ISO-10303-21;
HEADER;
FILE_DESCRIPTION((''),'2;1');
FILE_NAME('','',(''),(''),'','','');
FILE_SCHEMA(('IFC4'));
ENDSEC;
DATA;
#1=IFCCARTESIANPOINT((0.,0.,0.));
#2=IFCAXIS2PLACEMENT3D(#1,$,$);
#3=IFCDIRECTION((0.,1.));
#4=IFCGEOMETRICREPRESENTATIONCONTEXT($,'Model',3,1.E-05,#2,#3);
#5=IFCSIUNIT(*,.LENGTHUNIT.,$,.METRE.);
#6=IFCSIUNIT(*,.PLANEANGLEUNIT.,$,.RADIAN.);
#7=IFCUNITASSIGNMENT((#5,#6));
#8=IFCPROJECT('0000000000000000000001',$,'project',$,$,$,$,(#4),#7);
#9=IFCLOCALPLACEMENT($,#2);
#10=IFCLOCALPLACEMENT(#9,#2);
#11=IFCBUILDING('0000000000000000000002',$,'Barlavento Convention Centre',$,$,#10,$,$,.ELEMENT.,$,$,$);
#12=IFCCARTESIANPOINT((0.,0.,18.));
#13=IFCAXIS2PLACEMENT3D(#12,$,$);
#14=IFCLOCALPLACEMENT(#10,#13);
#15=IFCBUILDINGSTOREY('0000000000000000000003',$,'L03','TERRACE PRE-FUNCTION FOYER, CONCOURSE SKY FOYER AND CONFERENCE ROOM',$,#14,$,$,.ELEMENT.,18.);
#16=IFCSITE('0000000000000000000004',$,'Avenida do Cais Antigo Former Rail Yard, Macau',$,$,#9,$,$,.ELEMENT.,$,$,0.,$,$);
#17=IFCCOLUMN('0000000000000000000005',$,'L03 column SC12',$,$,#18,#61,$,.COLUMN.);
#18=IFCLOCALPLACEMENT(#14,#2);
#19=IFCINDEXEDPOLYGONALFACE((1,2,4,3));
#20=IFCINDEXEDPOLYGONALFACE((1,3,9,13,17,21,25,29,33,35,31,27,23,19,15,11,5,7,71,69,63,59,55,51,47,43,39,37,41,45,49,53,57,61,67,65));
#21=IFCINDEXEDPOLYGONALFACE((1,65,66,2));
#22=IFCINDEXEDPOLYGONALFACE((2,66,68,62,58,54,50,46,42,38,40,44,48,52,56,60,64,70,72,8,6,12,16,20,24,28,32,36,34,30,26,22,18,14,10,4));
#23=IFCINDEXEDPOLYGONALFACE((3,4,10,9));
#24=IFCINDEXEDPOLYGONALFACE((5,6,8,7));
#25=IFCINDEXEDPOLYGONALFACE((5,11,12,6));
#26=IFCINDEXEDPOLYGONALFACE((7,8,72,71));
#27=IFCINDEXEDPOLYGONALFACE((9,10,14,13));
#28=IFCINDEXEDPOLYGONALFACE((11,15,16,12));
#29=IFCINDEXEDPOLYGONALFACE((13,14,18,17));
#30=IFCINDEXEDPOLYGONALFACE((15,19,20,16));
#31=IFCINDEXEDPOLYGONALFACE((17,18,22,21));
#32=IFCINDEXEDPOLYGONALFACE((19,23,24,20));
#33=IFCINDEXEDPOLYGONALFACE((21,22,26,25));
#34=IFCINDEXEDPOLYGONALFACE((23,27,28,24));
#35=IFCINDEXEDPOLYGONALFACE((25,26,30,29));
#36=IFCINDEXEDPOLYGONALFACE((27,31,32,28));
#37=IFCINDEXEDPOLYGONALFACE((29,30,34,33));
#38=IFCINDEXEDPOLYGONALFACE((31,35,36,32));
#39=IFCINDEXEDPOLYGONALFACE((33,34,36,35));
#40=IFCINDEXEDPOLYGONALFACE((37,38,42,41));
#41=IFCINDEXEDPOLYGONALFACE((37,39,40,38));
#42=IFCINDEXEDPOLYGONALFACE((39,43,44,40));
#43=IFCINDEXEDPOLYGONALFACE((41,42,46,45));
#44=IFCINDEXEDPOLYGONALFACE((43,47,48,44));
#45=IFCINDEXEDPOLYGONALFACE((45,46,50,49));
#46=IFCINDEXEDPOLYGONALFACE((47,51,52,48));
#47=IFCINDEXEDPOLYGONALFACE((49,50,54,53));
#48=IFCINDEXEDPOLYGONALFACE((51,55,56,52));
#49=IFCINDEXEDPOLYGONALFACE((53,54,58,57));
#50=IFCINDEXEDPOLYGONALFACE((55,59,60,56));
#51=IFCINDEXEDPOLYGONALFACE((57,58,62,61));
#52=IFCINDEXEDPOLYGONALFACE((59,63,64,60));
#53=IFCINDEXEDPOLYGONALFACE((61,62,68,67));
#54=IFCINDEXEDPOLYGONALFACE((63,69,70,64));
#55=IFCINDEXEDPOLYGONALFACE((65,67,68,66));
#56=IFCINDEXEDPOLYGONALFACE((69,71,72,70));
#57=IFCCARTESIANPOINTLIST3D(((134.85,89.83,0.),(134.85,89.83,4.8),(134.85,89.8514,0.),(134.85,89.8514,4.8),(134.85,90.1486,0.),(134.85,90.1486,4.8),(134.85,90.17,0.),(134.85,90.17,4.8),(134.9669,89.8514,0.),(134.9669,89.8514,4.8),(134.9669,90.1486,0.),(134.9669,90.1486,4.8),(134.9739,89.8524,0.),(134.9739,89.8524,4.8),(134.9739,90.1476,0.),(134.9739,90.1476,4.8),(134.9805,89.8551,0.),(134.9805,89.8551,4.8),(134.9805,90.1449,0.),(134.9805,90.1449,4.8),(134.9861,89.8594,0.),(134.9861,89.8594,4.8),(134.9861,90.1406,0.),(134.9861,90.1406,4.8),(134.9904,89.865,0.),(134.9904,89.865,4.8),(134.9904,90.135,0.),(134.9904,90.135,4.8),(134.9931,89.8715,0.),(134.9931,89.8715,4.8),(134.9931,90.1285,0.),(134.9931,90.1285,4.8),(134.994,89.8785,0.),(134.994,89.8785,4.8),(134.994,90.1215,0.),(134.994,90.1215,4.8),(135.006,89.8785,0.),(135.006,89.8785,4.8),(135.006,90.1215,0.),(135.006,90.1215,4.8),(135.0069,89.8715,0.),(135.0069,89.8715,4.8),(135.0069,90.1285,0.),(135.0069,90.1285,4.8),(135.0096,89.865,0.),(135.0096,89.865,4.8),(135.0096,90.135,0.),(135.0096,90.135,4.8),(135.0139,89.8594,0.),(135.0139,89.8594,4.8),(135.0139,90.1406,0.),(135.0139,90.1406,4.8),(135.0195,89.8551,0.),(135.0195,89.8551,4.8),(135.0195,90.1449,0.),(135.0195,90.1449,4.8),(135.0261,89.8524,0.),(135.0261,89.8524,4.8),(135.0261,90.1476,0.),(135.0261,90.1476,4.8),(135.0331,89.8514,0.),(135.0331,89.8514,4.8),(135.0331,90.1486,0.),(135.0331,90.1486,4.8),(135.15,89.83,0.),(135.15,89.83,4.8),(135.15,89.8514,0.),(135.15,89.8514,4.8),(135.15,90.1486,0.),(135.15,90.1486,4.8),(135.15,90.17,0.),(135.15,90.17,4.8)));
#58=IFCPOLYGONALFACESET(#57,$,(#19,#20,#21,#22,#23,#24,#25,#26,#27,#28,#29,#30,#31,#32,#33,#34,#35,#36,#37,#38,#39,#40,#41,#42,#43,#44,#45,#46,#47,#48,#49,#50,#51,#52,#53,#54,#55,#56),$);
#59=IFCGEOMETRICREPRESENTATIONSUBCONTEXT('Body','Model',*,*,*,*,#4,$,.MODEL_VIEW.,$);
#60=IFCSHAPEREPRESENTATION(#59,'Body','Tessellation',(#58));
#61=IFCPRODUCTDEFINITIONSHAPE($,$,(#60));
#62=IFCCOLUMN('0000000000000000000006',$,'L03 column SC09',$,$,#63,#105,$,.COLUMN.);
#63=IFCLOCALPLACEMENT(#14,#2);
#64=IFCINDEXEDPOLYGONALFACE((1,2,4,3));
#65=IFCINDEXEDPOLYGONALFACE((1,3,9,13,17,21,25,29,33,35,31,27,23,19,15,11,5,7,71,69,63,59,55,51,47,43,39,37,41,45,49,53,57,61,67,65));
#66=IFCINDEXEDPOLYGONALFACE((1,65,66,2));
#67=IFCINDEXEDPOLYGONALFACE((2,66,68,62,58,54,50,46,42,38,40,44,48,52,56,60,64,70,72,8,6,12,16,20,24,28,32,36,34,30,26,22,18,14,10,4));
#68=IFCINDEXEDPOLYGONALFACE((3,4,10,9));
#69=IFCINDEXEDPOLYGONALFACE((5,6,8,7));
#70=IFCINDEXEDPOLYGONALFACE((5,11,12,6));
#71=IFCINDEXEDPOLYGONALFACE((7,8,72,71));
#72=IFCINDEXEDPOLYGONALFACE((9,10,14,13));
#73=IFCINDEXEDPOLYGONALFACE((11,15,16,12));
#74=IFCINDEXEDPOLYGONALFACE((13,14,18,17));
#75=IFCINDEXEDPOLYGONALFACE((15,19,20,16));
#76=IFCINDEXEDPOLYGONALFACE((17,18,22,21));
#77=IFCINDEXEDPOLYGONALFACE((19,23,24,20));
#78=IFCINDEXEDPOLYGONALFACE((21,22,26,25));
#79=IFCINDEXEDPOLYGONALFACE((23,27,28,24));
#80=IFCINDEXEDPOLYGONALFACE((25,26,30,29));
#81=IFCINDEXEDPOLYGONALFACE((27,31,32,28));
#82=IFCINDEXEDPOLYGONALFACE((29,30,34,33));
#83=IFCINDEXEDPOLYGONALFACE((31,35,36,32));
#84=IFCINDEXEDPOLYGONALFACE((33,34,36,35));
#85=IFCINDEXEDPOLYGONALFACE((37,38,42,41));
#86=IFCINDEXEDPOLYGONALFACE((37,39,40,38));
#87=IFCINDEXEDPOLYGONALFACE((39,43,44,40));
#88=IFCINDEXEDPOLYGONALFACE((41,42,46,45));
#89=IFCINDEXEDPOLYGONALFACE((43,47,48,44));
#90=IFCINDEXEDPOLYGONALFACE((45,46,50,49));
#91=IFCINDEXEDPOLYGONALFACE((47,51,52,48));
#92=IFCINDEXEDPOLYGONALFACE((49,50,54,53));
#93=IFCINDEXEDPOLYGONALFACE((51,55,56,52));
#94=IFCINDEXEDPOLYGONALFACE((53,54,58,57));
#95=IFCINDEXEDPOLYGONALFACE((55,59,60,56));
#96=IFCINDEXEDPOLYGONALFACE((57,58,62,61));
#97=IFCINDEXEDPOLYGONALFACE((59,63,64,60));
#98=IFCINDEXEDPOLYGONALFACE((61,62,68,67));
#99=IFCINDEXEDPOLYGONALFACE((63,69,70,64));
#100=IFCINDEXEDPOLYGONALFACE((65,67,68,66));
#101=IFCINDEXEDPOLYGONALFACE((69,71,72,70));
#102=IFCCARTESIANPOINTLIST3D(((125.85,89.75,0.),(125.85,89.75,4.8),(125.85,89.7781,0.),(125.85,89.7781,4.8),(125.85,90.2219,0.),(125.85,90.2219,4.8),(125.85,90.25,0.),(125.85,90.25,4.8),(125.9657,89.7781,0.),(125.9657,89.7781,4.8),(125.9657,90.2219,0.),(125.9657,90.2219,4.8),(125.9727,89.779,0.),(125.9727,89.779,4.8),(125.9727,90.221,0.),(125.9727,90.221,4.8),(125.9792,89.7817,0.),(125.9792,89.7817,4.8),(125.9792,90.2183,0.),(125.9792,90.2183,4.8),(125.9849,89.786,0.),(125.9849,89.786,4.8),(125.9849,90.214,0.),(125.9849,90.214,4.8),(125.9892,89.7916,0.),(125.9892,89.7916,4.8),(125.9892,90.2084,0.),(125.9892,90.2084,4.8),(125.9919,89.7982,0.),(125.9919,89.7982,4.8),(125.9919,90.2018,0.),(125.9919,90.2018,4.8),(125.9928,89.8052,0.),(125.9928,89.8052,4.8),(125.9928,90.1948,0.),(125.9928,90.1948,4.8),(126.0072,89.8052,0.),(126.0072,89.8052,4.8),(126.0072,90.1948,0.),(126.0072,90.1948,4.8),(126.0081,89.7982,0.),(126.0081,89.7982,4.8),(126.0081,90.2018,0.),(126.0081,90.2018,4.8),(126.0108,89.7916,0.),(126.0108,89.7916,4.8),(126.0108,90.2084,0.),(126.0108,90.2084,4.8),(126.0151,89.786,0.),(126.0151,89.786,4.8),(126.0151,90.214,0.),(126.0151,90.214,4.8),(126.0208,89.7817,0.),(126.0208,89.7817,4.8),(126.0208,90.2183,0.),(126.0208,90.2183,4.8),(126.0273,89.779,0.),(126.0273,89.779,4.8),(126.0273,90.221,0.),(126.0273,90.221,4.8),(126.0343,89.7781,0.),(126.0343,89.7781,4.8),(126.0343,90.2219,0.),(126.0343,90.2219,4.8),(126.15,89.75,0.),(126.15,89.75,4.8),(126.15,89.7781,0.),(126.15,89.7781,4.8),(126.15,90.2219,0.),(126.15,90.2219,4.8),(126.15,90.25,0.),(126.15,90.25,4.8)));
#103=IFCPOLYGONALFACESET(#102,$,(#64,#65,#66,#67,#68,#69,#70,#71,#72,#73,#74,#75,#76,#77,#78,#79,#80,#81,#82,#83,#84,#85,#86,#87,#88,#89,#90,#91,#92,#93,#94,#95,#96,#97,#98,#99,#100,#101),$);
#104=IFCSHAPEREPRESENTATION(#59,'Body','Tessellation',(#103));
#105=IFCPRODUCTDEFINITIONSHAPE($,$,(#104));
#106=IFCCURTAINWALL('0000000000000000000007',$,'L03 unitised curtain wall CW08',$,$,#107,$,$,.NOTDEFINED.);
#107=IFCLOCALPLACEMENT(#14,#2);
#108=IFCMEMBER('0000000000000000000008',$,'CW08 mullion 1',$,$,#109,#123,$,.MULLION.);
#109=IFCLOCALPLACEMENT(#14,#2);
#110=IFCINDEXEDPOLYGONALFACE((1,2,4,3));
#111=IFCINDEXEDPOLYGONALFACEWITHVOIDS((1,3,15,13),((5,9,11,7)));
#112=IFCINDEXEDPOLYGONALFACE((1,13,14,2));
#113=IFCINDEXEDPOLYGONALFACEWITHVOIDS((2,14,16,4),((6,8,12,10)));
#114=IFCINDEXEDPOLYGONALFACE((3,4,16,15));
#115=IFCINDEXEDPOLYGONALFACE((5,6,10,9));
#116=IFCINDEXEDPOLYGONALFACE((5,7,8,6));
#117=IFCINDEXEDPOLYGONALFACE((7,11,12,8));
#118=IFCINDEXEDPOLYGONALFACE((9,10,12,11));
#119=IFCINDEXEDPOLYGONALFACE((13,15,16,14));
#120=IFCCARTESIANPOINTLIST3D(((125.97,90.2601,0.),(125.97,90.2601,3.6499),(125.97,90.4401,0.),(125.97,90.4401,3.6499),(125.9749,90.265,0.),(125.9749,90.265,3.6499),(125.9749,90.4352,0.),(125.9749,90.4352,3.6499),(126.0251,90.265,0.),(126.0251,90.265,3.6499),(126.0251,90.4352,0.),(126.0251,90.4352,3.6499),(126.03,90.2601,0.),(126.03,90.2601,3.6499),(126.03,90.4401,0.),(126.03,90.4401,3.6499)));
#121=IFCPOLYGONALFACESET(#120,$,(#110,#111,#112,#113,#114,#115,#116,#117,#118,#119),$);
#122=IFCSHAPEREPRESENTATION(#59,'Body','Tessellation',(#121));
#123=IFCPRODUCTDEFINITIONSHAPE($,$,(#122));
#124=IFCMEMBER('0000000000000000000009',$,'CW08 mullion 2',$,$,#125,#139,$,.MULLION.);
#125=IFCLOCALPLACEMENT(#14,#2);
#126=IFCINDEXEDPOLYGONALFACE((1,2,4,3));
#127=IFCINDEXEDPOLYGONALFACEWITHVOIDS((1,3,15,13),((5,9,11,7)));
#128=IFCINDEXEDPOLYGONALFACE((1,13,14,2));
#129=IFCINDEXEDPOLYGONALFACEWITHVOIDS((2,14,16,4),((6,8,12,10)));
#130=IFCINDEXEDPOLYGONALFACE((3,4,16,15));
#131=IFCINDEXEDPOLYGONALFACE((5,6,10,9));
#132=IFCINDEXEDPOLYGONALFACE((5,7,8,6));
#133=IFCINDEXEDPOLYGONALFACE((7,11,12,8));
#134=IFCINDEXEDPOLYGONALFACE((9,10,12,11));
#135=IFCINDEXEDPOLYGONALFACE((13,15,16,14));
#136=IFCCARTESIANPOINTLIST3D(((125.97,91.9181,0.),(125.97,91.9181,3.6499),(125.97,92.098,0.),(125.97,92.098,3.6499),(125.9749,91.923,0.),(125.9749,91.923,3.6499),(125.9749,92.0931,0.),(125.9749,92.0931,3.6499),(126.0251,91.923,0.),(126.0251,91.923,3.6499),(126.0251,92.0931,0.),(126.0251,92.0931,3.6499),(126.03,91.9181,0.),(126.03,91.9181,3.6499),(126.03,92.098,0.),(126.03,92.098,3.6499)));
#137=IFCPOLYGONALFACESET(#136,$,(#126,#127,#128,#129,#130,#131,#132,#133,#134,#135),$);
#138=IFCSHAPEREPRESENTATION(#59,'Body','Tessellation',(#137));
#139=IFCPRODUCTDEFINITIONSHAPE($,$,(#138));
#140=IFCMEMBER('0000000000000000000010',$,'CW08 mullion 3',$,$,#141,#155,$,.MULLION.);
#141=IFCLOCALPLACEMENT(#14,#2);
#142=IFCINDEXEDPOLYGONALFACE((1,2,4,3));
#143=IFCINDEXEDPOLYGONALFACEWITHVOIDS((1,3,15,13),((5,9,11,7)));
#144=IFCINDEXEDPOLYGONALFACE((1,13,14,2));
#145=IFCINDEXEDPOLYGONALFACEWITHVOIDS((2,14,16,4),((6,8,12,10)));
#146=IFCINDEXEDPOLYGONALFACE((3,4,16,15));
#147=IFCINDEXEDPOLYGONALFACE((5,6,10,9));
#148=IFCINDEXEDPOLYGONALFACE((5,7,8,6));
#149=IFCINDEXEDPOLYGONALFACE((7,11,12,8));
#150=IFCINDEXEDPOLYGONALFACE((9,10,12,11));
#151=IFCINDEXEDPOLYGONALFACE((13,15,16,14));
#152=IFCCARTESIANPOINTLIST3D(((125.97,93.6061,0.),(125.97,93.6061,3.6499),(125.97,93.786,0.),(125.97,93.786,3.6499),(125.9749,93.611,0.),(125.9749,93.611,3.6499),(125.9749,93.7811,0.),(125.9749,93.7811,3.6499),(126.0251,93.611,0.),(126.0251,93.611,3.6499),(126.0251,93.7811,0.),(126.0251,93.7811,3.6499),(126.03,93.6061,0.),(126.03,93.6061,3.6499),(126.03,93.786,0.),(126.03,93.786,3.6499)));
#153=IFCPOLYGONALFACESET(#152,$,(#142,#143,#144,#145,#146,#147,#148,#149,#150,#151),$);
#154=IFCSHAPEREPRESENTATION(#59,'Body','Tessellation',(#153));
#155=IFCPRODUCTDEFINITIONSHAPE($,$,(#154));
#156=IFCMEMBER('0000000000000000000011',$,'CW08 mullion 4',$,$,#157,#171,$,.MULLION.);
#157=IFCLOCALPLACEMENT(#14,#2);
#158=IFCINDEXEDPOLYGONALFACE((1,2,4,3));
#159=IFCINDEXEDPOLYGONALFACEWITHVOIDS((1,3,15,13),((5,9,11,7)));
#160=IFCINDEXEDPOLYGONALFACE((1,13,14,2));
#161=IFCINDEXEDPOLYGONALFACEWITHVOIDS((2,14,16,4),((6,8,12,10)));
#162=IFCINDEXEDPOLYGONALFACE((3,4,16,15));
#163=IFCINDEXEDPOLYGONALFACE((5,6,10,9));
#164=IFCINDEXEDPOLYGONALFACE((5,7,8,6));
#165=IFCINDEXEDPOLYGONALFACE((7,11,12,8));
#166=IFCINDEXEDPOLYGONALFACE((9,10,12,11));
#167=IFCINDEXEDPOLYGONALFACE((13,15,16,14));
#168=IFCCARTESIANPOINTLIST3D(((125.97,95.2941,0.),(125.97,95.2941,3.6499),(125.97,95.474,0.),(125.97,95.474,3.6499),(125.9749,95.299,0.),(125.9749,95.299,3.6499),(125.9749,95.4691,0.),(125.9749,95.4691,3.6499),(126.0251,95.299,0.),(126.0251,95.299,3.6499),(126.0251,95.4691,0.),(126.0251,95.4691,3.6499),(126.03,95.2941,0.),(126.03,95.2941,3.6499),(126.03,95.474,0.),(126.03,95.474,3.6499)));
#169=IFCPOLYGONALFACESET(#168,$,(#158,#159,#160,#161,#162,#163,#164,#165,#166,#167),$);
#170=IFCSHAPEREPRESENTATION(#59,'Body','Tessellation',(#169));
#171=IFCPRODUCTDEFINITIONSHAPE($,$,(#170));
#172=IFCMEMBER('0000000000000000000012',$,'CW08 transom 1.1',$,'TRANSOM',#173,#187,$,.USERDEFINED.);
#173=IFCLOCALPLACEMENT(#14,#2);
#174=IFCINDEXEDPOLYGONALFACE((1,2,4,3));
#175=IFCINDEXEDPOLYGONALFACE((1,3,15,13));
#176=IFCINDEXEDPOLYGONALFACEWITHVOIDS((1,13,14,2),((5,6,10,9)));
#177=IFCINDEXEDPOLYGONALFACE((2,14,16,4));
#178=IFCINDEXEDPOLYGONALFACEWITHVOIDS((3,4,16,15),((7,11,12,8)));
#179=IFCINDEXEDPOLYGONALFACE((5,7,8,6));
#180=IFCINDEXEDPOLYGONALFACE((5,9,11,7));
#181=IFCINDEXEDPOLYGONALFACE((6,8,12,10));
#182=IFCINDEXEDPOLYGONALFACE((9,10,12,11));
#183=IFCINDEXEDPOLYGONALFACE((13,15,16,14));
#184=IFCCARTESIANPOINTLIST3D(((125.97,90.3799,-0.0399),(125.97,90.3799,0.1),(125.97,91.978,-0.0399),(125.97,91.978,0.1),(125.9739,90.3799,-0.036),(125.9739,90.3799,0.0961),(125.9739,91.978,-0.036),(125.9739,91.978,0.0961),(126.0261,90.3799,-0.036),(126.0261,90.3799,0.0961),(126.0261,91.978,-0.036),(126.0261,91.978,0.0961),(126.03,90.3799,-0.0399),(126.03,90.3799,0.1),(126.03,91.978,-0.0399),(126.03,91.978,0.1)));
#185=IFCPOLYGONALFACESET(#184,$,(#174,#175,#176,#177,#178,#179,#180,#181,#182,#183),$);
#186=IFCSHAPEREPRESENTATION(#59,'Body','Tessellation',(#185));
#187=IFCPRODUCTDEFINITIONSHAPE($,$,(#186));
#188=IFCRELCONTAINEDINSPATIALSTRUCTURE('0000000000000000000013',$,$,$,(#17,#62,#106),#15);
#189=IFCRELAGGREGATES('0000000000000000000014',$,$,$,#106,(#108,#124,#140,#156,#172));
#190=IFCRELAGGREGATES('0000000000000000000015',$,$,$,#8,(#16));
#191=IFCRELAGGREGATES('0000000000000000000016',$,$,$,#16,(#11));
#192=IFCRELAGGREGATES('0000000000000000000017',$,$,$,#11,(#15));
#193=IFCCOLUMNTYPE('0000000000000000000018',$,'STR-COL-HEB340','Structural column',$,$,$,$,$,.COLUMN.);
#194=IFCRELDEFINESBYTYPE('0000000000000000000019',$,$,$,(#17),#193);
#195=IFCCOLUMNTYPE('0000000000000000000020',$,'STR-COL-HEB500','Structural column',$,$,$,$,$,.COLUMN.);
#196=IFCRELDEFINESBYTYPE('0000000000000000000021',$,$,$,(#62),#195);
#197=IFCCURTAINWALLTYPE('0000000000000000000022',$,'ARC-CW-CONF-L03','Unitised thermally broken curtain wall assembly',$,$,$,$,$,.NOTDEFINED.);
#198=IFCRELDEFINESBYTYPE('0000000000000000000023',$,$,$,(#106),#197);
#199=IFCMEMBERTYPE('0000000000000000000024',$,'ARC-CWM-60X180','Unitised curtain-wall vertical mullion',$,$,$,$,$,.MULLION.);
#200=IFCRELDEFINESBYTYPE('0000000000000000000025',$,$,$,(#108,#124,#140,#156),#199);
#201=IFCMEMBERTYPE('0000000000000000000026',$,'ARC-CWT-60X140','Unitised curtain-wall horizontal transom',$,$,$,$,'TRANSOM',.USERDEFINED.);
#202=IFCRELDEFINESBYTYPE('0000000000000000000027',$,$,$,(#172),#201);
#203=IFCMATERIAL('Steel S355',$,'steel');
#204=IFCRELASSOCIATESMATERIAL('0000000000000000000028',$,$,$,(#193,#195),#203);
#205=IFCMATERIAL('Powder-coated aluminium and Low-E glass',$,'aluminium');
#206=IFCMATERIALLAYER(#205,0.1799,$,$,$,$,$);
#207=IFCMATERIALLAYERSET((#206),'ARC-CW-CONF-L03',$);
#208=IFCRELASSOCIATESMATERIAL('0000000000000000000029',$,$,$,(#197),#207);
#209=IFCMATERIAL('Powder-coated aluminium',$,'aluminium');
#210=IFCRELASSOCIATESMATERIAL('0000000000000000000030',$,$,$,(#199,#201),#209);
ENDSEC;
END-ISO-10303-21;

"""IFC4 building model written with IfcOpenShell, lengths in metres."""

from ifc_helpers import new_model, si_unit, direction, frame, origin, origin_2d, place, context, subcontext, project, spatial, hollow_rectangle, i_section, extrude, material, layer, layer_set, material_profile, profile_set, type_object, element, aggregate, save


model = new_model("IFC4")

# Units and contexts
model_context = context("Model", 3, precision=1e-05, world=origin(), true_north=direction((0.0, 1.0)))
body_context = subcontext(model_context, "Body", "Model", "MODEL_VIEW")
ifc_project = project(units=[si_unit("LENGTHUNIT", "METRE"), si_unit("PLANEANGLEUNIT", "RADIAN")], contexts=[model_context])

# Site, building, storey
site_placement = place(None, origin())
site = spatial("IfcSite", under=ifc_project, at=site_placement, Name="Avenida do Cais Antigo Former Rail Yard, Macau", CompositionType="ELEMENT", RefElevation=0.0)
building_placement = place(site_placement, origin())
building = spatial("IfcBuilding", under=site, at=building_placement, Name="Barlavento Convention Centre", CompositionType="ELEMENT")
storey_placement = place(building_placement, frame((0.0, 0.0, 18.0)))
storey = spatial("IfcBuildingStorey", under=building, at=storey_placement, Name="L03", Description="TERRACE PRE-FUNCTION FOYER, CONCOURSE SKY FOYER AND CONFERENCE ROOM", CompositionType="ELEMENT", Elevation=18.0)

# Columns
ifc_material_1 = material(Name="Steel S355", Category="steel")
ifc_material_profile_1 = material_profile(ifc_material_1, i_section(OverallWidth=0.3, OverallDepth=0.3401, WebThickness=0.012, FlangeThickness=0.0215, FilletRadius=0.0271, at=origin_2d()), Name="HEB 340")
ifc_profile_set_1 = profile_set([ifc_material_profile_1], Name="Steel S355")
column_type_1 = type_object("IfcColumnType", Name="STR-COL-HEB340", Description="Structural column", PredefinedType="COLUMN", material=ifc_profile_set_1)
column_1_placement = place(storey_placement, frame((135.0, 90.0, 0.0), z_axis=(0.0, 0.0, 1.0), x_axis=(1.0, 0.0, 0.0)))
element("IfcColumn", 1, at=column_1_placement, inside=storey, type_object=column_type_1, Name="L03 column SC12", PredefinedType="COLUMN", context=body_context, shape_type="SweptSolid", body=[
    extrude(i_section(OverallWidth=0.3, OverallDepth=0.3401, WebThickness=0.012, FlangeThickness=0.0215, FilletRadius=0.0271, at=origin_2d()), origin(), (0.0, 0.0, 1.0), 4.8),
])
ifc_material_profile_2 = material_profile(ifc_material_1, i_section(OverallWidth=0.3, OverallDepth=0.5, WebThickness=0.0144, FlangeThickness=0.0281, FilletRadius=0.0271, at=origin_2d()), Name="HEB 500")
ifc_profile_set_2 = profile_set([ifc_material_profile_2], Name="Steel S355")
column_type_2 = type_object("IfcColumnType", Name="STR-COL-HEB500", Description="Structural column", PredefinedType="COLUMN", material=ifc_profile_set_2)
column_2_placement = place(storey_placement, frame((126.0, 90.0, 0.0), z_axis=(0.0, 0.0, 1.0), x_axis=(1.0, 0.0, 0.0)))
element("IfcColumn", 2, at=column_2_placement, inside=storey, type_object=column_type_2, Name="L03 column SC09", PredefinedType="COLUMN", context=body_context, shape_type="SweptSolid", body=[
    extrude(i_section(OverallWidth=0.3, OverallDepth=0.5, WebThickness=0.0144, FlangeThickness=0.0281, FilletRadius=0.0271, at=origin_2d()), origin(), (0.0, 0.0, 1.0), 4.8),
])

# Curtain wall, members
ifc_material_2 = material(Name="Powder-coated aluminium and Low-E glass", Category="aluminium")
ifc_layer_1 = layer(ifc_material_2, 0.1799)
ifc_layer_set_1 = layer_set([ifc_layer_1], Name="ARC-CW-CONF-L03")
curtain_wall_type = type_object("IfcCurtainWallType", Name="ARC-CW-CONF-L03", Description="Unitised thermally broken curtain wall assembly", PredefinedType="NOTDEFINED", material=ifc_layer_set_1)
curtain_wall_placement = place(storey_placement, origin())
curtain_wall = element("IfcCurtainWall", 3, at=curtain_wall_placement, inside=storey, type_object=curtain_wall_type, Name="L03 unitised curtain wall CW08", PredefinedType="NOTDEFINED")
ifc_material_3 = material(Name="Powder-coated aluminium", Category="aluminium")
ifc_material_profile_3 = material_profile(ifc_material_3, hollow_rectangle(XDim=0.0601, YDim=0.1799, WallThickness=0.0049, at=origin_2d()), Name="AL-MULL 60x180x5")
ifc_profile_set_3 = profile_set([ifc_material_profile_3], Name="Powder-coated aluminium")
member_type_1 = type_object("IfcMemberType", Name="ARC-CWM-60X180", Description="Unitised curtain-wall vertical mullion", PredefinedType="MULLION", material=ifc_profile_set_3)
member_1_placement = place(storey_placement, frame((126.0, 90.3501, 0.0), z_axis=(0.0, 0.0, 1.0), x_axis=(-1.0, 0.0, 0.0)))
member_1 = element("IfcMember", 4, at=member_1_placement, type_object=member_type_1, Name="CW08 mullion 1", PredefinedType="MULLION", context=body_context, shape_type="SweptSolid", body=[
    extrude(hollow_rectangle(XDim=0.0601, YDim=0.1799, WallThickness=0.0049, at=origin_2d()), origin(), (0.0, 0.0, 1.0), 3.6499),
])
member_2_placement = place(storey_placement, frame((126.0, 92.0081, 0.0), z_axis=(0.0, 0.0, 1.0), x_axis=(-1.0, 0.0, 0.0)))
member_2 = element("IfcMember", 5, at=member_2_placement, type_object=member_type_1, Name="CW08 mullion 2", PredefinedType="MULLION", context=body_context, shape_type="SweptSolid", body=[
    extrude(hollow_rectangle(XDim=0.0601, YDim=0.1799, WallThickness=0.0049, at=origin_2d()), origin(), (0.0, 0.0, 1.0), 3.6499),
])
member_3_placement = place(storey_placement, frame((126.0, 93.696, 0.0), z_axis=(0.0, 0.0, 1.0), x_axis=(-1.0, 0.0, 0.0)))
member_3 = element("IfcMember", 6, at=member_3_placement, type_object=member_type_1, Name="CW08 mullion 3", PredefinedType="MULLION", context=body_context, shape_type="SweptSolid", body=[
    extrude(hollow_rectangle(XDim=0.0601, YDim=0.1799, WallThickness=0.0049, at=origin_2d()), origin(), (0.0, 0.0, 1.0), 3.6499),
])
member_4_placement = place(storey_placement, frame((126.0, 95.384, 0.0), z_axis=(0.0, 0.0, 1.0), x_axis=(-1.0, 0.0, 0.0)))
member_4 = element("IfcMember", 7, at=member_4_placement, type_object=member_type_1, Name="CW08 mullion 4", PredefinedType="MULLION", context=body_context, shape_type="SweptSolid", body=[
    extrude(hollow_rectangle(XDim=0.0601, YDim=0.1799, WallThickness=0.0049, at=origin_2d()), origin(), (0.0, 0.0, 1.0), 3.6499),
])
ifc_material_profile_4 = material_profile(ifc_material_3, hollow_rectangle(XDim=0.0601, YDim=0.1399, WallThickness=0.0039, at=origin_2d()), Name="AL-TRAN 60x140x4")
ifc_profile_set_4 = profile_set([ifc_material_profile_4], Name="Powder-coated aluminium")
member_type_2 = type_object("IfcMemberType", Name="ARC-CWT-60X140", Description="Unitised curtain-wall horizontal transom", ElementType="TRANSOM", PredefinedType="USERDEFINED", material=ifc_profile_set_4)
member_5_placement = place(storey_placement, frame((126.0, 90.3799, 0.03), z_axis=(0.0, 1.0, 0.0), x_axis=(-1.0, 0.0, 0.0)))
member_5 = element("IfcMember", 8, at=member_5_placement, type_object=member_type_2, Name="CW08 transom 1.1", ObjectType="TRANSOM", PredefinedType="USERDEFINED", context=body_context, shape_type="SweptSolid", body=[
    extrude(hollow_rectangle(XDim=0.0601, YDim=0.1399, WallThickness=0.0039, at=origin_2d()), origin(), (0.0, 0.0, 1.0), 1.5981),
])

aggregate(curtain_wall, [member_1, member_2, member_3, member_4, member_5])

save(model, "model.ifc")
